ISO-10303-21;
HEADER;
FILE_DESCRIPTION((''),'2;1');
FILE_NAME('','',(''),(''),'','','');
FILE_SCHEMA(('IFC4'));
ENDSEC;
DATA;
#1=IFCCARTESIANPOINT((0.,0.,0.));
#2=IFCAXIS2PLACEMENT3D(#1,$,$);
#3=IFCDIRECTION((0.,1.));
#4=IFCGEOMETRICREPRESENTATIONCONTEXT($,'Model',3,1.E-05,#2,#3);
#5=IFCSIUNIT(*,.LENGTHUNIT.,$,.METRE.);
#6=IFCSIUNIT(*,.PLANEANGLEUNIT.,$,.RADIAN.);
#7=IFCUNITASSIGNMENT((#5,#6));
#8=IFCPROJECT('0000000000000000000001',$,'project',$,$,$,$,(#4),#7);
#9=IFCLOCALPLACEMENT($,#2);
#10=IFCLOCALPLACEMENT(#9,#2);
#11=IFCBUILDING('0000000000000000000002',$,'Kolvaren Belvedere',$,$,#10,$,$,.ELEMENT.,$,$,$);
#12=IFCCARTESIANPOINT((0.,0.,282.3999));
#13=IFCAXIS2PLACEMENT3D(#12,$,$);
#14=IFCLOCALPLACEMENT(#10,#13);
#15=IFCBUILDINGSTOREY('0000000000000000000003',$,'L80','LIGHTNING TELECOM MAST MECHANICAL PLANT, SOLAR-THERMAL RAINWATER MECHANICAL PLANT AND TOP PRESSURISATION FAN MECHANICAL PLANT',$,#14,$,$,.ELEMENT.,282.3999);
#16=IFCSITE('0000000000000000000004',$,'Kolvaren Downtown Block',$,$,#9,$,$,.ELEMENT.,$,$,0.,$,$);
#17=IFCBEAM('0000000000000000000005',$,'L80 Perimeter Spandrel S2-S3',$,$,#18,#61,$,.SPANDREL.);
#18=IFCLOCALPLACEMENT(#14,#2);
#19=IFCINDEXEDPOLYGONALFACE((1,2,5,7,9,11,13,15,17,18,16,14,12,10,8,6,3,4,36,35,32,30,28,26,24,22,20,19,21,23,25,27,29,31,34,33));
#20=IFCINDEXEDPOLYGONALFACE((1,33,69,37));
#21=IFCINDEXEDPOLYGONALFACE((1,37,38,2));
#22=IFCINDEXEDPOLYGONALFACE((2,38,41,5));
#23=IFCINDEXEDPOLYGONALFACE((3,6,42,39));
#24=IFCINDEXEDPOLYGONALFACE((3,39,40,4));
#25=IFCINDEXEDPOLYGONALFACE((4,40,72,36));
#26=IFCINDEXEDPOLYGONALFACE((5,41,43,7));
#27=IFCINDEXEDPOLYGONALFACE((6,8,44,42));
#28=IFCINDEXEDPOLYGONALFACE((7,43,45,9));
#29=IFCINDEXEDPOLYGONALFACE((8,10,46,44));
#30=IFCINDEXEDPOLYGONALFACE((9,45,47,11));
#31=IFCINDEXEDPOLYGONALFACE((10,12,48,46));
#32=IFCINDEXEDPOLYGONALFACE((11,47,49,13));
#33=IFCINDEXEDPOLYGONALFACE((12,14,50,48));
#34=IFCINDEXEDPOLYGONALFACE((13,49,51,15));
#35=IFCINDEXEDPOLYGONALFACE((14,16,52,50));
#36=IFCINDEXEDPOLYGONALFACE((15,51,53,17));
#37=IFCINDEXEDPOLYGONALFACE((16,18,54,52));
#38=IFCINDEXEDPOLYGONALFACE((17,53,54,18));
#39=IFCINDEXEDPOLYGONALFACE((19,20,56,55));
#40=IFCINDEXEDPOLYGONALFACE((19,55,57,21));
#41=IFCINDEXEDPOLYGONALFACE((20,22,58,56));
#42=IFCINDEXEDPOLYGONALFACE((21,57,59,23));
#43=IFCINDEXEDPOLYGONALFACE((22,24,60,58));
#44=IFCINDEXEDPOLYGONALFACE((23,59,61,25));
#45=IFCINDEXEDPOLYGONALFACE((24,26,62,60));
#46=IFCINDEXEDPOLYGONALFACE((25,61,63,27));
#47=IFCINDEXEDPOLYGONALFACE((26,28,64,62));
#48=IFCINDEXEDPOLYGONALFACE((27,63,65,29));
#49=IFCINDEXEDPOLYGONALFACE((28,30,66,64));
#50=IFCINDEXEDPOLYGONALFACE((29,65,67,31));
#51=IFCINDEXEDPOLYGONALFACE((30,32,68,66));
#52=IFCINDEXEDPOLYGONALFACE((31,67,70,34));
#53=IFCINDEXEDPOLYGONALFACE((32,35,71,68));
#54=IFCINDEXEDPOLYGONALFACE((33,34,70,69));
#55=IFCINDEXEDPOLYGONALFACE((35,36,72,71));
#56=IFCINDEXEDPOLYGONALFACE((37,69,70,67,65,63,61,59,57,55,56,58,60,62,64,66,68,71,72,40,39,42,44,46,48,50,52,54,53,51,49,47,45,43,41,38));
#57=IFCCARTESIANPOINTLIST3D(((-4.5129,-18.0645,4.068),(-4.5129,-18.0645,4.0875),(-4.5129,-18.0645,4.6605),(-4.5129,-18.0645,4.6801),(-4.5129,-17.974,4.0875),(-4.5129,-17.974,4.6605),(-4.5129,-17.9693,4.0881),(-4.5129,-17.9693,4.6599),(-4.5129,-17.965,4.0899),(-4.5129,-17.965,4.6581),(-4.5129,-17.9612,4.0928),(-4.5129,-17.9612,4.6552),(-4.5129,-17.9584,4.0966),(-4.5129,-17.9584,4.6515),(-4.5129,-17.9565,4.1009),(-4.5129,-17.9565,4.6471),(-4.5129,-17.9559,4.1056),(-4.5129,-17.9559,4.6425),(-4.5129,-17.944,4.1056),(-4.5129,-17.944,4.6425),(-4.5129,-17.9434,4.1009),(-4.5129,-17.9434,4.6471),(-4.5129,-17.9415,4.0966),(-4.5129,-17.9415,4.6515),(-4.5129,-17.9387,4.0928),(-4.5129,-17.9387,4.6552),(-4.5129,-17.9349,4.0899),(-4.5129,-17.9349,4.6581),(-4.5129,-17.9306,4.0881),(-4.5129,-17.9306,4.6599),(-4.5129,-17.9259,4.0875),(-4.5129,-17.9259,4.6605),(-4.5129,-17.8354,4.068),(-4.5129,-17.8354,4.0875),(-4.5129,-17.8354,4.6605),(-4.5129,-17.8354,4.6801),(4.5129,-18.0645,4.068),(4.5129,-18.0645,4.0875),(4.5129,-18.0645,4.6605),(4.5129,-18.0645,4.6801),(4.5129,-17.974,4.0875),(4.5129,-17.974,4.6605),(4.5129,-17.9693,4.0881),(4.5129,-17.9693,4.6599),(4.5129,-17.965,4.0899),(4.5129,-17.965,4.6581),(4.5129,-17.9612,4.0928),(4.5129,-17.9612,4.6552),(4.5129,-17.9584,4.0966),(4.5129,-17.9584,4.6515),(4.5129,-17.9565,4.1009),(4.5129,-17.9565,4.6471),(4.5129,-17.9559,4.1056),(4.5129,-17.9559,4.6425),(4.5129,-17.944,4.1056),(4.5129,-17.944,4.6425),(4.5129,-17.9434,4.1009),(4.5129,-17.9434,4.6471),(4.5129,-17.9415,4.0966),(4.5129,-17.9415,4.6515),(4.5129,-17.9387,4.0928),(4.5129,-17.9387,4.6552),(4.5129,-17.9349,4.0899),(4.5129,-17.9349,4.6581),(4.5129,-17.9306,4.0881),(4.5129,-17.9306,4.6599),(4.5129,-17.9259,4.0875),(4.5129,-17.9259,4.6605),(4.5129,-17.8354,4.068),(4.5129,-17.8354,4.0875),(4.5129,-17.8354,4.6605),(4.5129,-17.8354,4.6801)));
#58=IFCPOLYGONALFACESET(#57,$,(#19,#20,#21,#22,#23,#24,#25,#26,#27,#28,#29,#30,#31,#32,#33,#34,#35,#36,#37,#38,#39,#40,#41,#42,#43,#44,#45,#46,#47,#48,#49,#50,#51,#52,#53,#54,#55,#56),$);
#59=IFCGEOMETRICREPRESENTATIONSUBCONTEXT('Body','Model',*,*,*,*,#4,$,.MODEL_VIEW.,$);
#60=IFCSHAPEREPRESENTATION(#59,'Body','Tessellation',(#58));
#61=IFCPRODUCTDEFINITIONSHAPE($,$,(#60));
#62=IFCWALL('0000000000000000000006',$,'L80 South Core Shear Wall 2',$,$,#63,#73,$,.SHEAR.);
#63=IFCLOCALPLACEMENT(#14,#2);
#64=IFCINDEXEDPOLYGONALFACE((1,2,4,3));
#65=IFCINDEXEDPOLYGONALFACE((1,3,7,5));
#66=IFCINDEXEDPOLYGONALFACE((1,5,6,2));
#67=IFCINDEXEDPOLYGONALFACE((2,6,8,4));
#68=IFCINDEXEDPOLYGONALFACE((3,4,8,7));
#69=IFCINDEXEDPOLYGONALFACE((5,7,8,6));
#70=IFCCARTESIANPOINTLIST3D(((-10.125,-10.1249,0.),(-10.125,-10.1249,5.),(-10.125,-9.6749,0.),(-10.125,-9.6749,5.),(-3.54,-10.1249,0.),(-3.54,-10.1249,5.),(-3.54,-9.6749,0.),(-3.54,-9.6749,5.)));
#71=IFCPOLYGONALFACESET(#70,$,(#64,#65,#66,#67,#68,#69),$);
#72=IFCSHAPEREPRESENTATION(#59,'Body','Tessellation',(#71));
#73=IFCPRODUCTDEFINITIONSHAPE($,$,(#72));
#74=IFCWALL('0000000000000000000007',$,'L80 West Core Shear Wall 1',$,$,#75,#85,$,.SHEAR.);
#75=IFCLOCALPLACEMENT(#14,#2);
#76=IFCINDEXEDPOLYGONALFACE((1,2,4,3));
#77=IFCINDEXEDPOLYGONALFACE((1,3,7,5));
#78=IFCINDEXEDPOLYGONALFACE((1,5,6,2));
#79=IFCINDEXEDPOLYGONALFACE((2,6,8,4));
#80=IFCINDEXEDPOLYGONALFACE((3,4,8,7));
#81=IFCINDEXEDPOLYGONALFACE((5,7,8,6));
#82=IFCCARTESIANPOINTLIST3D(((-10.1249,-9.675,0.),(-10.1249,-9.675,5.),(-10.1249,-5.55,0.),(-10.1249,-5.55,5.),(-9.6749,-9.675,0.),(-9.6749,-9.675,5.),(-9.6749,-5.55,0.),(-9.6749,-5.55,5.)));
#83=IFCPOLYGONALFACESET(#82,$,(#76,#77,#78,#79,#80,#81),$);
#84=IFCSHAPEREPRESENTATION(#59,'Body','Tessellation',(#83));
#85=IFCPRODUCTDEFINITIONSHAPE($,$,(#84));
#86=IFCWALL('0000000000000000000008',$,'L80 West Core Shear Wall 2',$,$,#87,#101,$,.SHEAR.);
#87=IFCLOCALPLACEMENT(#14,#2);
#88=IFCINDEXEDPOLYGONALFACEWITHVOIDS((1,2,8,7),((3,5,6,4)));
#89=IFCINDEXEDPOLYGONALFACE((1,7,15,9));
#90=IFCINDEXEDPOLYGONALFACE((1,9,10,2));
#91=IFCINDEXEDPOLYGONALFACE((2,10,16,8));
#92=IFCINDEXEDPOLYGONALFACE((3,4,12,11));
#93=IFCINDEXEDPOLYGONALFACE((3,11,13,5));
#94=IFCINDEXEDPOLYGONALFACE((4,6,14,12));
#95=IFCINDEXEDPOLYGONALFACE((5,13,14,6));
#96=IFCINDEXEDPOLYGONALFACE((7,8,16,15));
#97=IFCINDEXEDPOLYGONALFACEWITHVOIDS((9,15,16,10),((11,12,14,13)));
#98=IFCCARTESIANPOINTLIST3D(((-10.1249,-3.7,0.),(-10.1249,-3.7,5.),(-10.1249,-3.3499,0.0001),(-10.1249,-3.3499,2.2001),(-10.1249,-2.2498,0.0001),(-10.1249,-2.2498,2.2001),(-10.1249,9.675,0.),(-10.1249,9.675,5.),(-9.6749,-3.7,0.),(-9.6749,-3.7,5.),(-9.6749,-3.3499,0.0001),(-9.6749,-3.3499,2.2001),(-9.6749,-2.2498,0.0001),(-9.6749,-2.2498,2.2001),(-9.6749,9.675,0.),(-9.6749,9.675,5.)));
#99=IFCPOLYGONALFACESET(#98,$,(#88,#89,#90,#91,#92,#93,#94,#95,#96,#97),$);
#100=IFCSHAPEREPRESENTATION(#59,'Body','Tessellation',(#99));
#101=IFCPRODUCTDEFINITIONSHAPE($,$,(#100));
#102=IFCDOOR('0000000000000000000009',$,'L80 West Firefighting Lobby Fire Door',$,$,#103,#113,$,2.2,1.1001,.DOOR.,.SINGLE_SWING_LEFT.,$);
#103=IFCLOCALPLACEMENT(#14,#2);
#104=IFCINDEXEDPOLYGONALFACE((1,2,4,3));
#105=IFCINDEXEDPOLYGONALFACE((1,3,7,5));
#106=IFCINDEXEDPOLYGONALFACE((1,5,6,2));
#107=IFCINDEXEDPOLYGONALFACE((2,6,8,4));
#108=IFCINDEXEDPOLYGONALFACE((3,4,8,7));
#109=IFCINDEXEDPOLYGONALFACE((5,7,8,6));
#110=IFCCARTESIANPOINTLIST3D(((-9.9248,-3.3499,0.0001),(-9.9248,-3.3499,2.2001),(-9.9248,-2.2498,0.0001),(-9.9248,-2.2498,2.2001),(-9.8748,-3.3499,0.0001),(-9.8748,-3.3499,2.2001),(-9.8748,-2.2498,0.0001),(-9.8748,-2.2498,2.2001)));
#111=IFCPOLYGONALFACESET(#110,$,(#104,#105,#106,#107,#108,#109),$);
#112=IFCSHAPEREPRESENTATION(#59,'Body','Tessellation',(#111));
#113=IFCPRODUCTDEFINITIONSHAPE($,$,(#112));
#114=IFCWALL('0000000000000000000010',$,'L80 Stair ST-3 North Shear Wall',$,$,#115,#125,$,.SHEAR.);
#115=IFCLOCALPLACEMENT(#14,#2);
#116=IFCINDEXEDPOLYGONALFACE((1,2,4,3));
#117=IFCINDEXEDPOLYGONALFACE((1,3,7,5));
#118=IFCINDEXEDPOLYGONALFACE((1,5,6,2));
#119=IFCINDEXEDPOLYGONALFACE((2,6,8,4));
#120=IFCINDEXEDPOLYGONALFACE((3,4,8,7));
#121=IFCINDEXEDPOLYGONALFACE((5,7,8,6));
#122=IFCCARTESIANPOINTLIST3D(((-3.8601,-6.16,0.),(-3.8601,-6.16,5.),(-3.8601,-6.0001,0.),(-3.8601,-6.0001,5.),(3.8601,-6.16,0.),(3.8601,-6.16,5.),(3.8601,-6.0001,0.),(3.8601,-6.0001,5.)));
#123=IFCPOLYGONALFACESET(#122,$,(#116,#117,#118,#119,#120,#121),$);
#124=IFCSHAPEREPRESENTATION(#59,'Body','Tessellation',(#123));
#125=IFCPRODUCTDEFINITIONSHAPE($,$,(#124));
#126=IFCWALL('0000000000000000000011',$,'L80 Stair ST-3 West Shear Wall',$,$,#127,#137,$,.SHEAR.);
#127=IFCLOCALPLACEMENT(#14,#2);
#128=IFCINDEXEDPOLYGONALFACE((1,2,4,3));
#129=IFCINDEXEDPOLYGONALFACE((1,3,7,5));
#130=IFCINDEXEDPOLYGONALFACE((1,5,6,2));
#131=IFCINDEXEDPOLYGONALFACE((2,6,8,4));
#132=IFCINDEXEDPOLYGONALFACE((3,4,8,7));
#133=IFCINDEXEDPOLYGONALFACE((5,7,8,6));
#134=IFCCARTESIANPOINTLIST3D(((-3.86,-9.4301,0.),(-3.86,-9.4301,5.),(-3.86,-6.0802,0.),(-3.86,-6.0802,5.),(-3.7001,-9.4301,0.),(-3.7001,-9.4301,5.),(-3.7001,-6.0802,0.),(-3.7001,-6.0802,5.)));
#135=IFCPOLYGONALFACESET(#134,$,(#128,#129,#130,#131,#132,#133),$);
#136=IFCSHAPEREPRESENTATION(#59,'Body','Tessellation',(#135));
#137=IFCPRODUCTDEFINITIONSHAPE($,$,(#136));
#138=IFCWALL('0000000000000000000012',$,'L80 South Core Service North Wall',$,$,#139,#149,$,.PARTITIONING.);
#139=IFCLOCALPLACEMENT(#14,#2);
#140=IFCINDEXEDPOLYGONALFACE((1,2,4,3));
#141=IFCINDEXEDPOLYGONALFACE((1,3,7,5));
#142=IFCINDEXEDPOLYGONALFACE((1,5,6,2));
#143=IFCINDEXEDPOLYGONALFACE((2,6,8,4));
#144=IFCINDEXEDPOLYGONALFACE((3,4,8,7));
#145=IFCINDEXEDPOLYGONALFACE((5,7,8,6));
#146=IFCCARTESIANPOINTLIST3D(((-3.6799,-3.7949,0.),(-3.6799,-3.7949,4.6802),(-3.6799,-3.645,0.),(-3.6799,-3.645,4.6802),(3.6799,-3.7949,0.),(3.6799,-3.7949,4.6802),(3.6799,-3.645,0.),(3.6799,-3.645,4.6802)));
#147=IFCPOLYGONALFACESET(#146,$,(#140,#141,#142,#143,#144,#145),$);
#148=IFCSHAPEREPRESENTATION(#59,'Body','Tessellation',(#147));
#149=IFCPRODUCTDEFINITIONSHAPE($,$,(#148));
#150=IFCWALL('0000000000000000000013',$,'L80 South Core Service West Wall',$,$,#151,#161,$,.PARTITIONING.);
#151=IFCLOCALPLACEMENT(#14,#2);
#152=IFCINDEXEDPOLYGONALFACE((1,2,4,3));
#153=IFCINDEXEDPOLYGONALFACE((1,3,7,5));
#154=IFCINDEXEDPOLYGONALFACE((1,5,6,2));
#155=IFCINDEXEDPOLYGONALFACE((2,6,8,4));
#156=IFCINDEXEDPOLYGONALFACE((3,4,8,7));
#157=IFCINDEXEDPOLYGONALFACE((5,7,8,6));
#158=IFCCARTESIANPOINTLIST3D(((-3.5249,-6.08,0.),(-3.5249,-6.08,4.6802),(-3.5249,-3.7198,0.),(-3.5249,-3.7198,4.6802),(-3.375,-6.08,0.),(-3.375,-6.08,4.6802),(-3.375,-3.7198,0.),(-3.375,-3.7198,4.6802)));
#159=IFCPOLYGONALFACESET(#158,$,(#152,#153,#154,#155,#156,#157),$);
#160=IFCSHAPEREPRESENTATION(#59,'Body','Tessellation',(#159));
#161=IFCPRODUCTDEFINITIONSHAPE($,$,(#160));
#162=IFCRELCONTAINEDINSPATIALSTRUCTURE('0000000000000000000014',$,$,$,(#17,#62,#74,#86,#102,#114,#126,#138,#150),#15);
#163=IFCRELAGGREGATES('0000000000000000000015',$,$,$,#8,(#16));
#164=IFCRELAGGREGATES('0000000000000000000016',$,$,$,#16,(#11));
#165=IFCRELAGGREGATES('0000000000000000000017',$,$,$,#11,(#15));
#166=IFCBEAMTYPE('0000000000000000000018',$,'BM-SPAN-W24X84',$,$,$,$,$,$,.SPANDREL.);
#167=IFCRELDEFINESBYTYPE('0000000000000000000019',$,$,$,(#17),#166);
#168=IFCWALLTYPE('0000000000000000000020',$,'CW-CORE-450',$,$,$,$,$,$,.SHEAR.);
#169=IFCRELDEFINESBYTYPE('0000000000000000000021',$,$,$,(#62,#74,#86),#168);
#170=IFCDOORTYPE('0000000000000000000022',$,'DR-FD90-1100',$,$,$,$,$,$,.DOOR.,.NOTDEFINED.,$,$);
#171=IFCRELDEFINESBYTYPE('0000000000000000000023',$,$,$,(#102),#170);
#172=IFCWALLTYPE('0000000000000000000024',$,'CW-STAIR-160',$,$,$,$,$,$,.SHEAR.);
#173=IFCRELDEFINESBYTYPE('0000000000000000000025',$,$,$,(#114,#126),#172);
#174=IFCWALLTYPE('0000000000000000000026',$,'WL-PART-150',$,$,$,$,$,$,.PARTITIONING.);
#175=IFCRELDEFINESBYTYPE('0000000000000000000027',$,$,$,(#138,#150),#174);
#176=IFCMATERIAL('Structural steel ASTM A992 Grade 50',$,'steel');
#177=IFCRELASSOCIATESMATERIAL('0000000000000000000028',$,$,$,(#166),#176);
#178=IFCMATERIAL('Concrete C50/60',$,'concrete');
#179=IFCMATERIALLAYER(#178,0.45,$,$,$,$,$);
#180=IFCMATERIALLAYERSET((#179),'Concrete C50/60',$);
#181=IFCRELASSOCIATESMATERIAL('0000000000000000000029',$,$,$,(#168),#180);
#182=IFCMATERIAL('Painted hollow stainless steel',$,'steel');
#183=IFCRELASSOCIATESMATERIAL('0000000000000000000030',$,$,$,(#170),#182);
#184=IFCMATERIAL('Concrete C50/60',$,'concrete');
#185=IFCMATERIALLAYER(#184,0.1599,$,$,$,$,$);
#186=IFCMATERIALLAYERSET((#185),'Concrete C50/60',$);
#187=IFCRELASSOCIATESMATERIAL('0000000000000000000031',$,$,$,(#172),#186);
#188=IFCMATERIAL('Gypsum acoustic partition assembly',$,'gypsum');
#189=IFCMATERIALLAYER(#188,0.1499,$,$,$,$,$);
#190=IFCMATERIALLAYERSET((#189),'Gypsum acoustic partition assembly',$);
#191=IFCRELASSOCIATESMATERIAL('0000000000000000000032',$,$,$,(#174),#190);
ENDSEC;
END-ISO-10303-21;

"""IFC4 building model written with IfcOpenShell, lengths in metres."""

from ifc_helpers import new_model, si_unit, direction, frame, frame_2d, origin, origin_2d, place, context, subcontext, project, spatial, rectangle, i_section, extrude, material, layer, layer_set, material_profile, profile_set, type_object, element, fill, save


model = new_model("IFC4")

# Units and contexts
model_context = context("Model", 3, precision=1e-05, world=origin(), true_north=direction((0.0, 1.0)))
body_context = subcontext(model_context, "Body", "Model", "MODEL_VIEW")
ifc_project = project(units=[si_unit("LENGTHUNIT", "METRE"), si_unit("PLANEANGLEUNIT", "RADIAN")], contexts=[model_context])

# Site, building, storey
site_placement = place(None, origin())
site = spatial("IfcSite", under=ifc_project, at=site_placement, Name="Kolvaren Downtown Block", CompositionType="ELEMENT", RefElevation=0.0)
building_placement = place(site_placement, origin())
building = spatial("IfcBuilding", under=site, at=building_placement, Name="Kolvaren Belvedere", CompositionType="ELEMENT")
storey_placement = place(building_placement, frame((0.0, 0.0, 282.3999)))
storey = spatial("IfcBuildingStorey", under=building, at=storey_placement, Name="L80", Description="LIGHTNING TELECOM MAST MECHANICAL PLANT, SOLAR-THERMAL RAINWATER MECHANICAL PLANT AND TOP PRESSURISATION FAN MECHANICAL PLANT", CompositionType="ELEMENT", Elevation=282.3999)

# Beam
ifc_material_1 = material(Name="Structural steel ASTM A992 Grade 50", Category="steel")
ifc_material_profile_1 = material_profile(ifc_material_1, i_section(OverallWidth=0.229, OverallDepth=0.6121, WebThickness=0.012, FlangeThickness=0.0195, FilletRadius=0.0181, at=origin_2d()), Name="W24X84")
ifc_profile_set_1 = profile_set([ifc_material_profile_1], Name="Structural steel ASTM A992 Grade 50")
beam_type_1 = type_object("IfcBeamType", Name="BM-SPAN-W24X84", PredefinedType="SPANDREL", material=ifc_profile_set_1)
beam_1_placement = place(storey_placement, frame((-4.5129, -17.95, 4.374), z_axis=(1.0, 0.0, 0.0), x_axis=(0.0, 1.0, 0.0)))
element("IfcBeam", 1, at=beam_1_placement, inside=storey, type_object=beam_type_1, Name="L80 Perimeter Spandrel S2-S3", PredefinedType="SPANDREL", context=body_context, shape_type="SweptSolid", body=[
    extrude(i_section(OverallWidth=0.229, OverallDepth=0.6121, WebThickness=0.012, FlangeThickness=0.0195, FilletRadius=0.0181, at=origin_2d()), origin(), (0.0, 0.0, 1.0), 9.0259),
])

# Walls
ifc_material_2 = material(Name="Concrete C50/60", Category="concrete")
ifc_layer_1 = layer(ifc_material_2, 0.45)
ifc_layer_set_1 = layer_set([ifc_layer_1], Name="Concrete C50/60")
wall_type_1 = type_object("IfcWallType", Name="CW-CORE-450", PredefinedType="SHEAR", material=ifc_layer_set_1)
wall_1_placement = place(storey_placement, frame((-3.54, -9.8999, 0.0), z_axis=(0.0, 0.0, 1.0), x_axis=(-1.0, 0.0, 0.0)))
element("IfcWall", 2, at=wall_1_placement, inside=storey, type_object=wall_type_1, Name="L80 South Core Shear Wall 2", PredefinedType="SHEAR", context=body_context, shape_type="SweptSolid", body=[
    extrude(rectangle(XDim=6.585, YDim=0.45, at=frame_2d((3.2925, 0.0))), origin(), (0.0, 0.0, 1.0), 5.0),
])
wall_2_placement = place(storey_placement, frame((-9.8999, -9.675, 0.0), z_axis=(0.0, 0.0, 1.0), x_axis=(0.0, 1.0, 0.0)))
element("IfcWall", 3, at=wall_2_placement, inside=storey, type_object=wall_type_1, Name="L80 West Core Shear Wall 1", PredefinedType="SHEAR", context=body_context, shape_type="SweptSolid", body=[
    extrude(rectangle(XDim=4.125, YDim=0.45, at=frame_2d((2.0625, 0.0))), origin(), (0.0, 0.0, 1.0), 5.0),
])

# Wall, opening, door
wall_3_placement = place(storey_placement, frame((-9.8999, -3.7, 0.0), z_axis=(0.0, 0.0, 1.0), x_axis=(0.0, 1.0, 0.0)))
wall_3 = element("IfcWall", 4, at=wall_3_placement, inside=storey, type_object=wall_type_1, Name="L80 West Core Shear Wall 2", PredefinedType="SHEAR", context=body_context, shape_type="SweptSolid", body=[
    extrude(rectangle(XDim=13.375, YDim=0.45, at=frame_2d((6.6875, 0.0))), origin(), (0.0, 0.0, 1.0), 5.0),
])
opening_1_placement = place(wall_3_placement, frame((0.3501, 0.0, 0.0)))
opening_1 = element("IfcOpeningElement", 5, at=opening_1_placement, cuts=wall_3, PredefinedType="OPENING", context=body_context, shape_type="SweptSolid", body=[
    extrude(rectangle(XDim=1.1001, YDim=2.2, at=frame_2d((0.55, 1.1001))), frame((0.0, 0.2349, 0.0), z_axis=(0.0, -1.0, 0.0), x_axis=(1.0, 0.0, 0.0)), (0.0, 0.0, 1.0), 0.47),
])
ifc_material_3 = material(Name="Painted hollow stainless steel", Category="steel")
door_type_1 = type_object("IfcDoorType", Name="DR-FD90-1100", OperationType="NOTDEFINED", PredefinedType="DOOR", material=ifc_material_3)
door_1_placement = place(opening_1_placement, origin())
door_1 = element("IfcDoor", 6, at=door_1_placement, inside=storey, type_object=door_type_1, Name="L80 West Firefighting Lobby Fire Door", OperationType="SINGLE_SWING_LEFT", OverallHeight=2.2, OverallWidth=1.1001, PredefinedType="DOOR", context=body_context, shape_type="SweptSolid", body=[
    extrude(rectangle(XDim=1.1001, YDim=2.2, at=frame_2d((0.55, 1.1001))), frame((0.0, 0.0249, 0.0), z_axis=(0.0, -1.0, 0.0), x_axis=(1.0, 0.0, 0.0)), (0.0, 0.0, 1.0), 0.05),
])
fill(opening_1, door_1)

# Walls
ifc_material_4 = material(Name="Concrete C50/60", Category="concrete")
ifc_layer_2 = layer(ifc_material_4, 0.1599)
ifc_layer_set_2 = layer_set([ifc_layer_2], Name="Concrete C50/60")
wall_type_2 = type_object("IfcWallType", Name="CW-STAIR-160", PredefinedType="SHEAR", material=ifc_layer_set_2)
wall_4_placement = place(storey_placement, frame((-3.8601, -6.0801, 0.0), z_axis=(0.0, 0.0, 1.0), x_axis=(1.0, 0.0, 0.0)))
element("IfcWall", 7, at=wall_4_placement, inside=storey, type_object=wall_type_2, Name="L80 Stair ST-3 North Shear Wall", PredefinedType="SHEAR", context=body_context, shape_type="SweptSolid", body=[
    extrude(rectangle(XDim=7.7202, YDim=0.1599, at=frame_2d((3.8601, 0.0))), origin(), (0.0, 0.0, 1.0), 5.0),
])
wall_5_placement = place(storey_placement, frame((-3.78, -9.4299, 0.0), z_axis=(0.0, 0.0, 1.0), x_axis=(0.0, 1.0, 0.0)))
element("IfcWall", 8, at=wall_5_placement, inside=storey, type_object=wall_type_2, Name="L80 Stair ST-3 West Shear Wall", PredefinedType="SHEAR", context=body_context, shape_type="SweptSolid", body=[
    extrude(rectangle(XDim=3.3499, YDim=0.1599, at=frame_2d((1.6748, 0.0))), origin(), (0.0, 0.0, 1.0), 5.0),
])
ifc_material_5 = material(Name="Gypsum acoustic partition assembly", Category="gypsum")
ifc_layer_3 = layer(ifc_material_5, 0.1499)
ifc_layer_set_3 = layer_set([ifc_layer_3], Name="Gypsum acoustic partition assembly")
wall_type_3 = type_object("IfcWallType", Name="WL-PART-150", PredefinedType="PARTITIONING", material=ifc_layer_set_3)
wall_6_placement = place(storey_placement, frame((-3.6799, -3.72, 0.0), z_axis=(0.0, 0.0, 1.0), x_axis=(1.0, 0.0, 0.0)))
element("IfcWall", 9, at=wall_6_placement, inside=storey, type_object=wall_type_3, Name="L80 South Core Service North Wall", PredefinedType="PARTITIONING", context=body_context, shape_type="SweptSolid", body=[
    extrude(rectangle(XDim=7.3599, YDim=0.1499, at=frame_2d((3.6799, 0.0))), origin(), (0.0, 0.0, 1.0), 4.6802),
])
wall_7_placement = place(storey_placement, frame((-3.45, -6.0801, 0.0), z_axis=(0.0, 0.0, 1.0), x_axis=(0.0, 1.0, 0.0)))
element("IfcWall", 10, at=wall_7_placement, inside=storey, type_object=wall_type_3, Name="L80 South Core Service West Wall", PredefinedType="PARTITIONING", context=body_context, shape_type="SweptSolid", body=[
    extrude(rectangle(XDim=2.3601, YDim=0.1499, at=frame_2d((1.1802, 0.0))), origin(), (0.0, 0.0, 1.0), 4.6802),
])

save(model, "model.ifc")
